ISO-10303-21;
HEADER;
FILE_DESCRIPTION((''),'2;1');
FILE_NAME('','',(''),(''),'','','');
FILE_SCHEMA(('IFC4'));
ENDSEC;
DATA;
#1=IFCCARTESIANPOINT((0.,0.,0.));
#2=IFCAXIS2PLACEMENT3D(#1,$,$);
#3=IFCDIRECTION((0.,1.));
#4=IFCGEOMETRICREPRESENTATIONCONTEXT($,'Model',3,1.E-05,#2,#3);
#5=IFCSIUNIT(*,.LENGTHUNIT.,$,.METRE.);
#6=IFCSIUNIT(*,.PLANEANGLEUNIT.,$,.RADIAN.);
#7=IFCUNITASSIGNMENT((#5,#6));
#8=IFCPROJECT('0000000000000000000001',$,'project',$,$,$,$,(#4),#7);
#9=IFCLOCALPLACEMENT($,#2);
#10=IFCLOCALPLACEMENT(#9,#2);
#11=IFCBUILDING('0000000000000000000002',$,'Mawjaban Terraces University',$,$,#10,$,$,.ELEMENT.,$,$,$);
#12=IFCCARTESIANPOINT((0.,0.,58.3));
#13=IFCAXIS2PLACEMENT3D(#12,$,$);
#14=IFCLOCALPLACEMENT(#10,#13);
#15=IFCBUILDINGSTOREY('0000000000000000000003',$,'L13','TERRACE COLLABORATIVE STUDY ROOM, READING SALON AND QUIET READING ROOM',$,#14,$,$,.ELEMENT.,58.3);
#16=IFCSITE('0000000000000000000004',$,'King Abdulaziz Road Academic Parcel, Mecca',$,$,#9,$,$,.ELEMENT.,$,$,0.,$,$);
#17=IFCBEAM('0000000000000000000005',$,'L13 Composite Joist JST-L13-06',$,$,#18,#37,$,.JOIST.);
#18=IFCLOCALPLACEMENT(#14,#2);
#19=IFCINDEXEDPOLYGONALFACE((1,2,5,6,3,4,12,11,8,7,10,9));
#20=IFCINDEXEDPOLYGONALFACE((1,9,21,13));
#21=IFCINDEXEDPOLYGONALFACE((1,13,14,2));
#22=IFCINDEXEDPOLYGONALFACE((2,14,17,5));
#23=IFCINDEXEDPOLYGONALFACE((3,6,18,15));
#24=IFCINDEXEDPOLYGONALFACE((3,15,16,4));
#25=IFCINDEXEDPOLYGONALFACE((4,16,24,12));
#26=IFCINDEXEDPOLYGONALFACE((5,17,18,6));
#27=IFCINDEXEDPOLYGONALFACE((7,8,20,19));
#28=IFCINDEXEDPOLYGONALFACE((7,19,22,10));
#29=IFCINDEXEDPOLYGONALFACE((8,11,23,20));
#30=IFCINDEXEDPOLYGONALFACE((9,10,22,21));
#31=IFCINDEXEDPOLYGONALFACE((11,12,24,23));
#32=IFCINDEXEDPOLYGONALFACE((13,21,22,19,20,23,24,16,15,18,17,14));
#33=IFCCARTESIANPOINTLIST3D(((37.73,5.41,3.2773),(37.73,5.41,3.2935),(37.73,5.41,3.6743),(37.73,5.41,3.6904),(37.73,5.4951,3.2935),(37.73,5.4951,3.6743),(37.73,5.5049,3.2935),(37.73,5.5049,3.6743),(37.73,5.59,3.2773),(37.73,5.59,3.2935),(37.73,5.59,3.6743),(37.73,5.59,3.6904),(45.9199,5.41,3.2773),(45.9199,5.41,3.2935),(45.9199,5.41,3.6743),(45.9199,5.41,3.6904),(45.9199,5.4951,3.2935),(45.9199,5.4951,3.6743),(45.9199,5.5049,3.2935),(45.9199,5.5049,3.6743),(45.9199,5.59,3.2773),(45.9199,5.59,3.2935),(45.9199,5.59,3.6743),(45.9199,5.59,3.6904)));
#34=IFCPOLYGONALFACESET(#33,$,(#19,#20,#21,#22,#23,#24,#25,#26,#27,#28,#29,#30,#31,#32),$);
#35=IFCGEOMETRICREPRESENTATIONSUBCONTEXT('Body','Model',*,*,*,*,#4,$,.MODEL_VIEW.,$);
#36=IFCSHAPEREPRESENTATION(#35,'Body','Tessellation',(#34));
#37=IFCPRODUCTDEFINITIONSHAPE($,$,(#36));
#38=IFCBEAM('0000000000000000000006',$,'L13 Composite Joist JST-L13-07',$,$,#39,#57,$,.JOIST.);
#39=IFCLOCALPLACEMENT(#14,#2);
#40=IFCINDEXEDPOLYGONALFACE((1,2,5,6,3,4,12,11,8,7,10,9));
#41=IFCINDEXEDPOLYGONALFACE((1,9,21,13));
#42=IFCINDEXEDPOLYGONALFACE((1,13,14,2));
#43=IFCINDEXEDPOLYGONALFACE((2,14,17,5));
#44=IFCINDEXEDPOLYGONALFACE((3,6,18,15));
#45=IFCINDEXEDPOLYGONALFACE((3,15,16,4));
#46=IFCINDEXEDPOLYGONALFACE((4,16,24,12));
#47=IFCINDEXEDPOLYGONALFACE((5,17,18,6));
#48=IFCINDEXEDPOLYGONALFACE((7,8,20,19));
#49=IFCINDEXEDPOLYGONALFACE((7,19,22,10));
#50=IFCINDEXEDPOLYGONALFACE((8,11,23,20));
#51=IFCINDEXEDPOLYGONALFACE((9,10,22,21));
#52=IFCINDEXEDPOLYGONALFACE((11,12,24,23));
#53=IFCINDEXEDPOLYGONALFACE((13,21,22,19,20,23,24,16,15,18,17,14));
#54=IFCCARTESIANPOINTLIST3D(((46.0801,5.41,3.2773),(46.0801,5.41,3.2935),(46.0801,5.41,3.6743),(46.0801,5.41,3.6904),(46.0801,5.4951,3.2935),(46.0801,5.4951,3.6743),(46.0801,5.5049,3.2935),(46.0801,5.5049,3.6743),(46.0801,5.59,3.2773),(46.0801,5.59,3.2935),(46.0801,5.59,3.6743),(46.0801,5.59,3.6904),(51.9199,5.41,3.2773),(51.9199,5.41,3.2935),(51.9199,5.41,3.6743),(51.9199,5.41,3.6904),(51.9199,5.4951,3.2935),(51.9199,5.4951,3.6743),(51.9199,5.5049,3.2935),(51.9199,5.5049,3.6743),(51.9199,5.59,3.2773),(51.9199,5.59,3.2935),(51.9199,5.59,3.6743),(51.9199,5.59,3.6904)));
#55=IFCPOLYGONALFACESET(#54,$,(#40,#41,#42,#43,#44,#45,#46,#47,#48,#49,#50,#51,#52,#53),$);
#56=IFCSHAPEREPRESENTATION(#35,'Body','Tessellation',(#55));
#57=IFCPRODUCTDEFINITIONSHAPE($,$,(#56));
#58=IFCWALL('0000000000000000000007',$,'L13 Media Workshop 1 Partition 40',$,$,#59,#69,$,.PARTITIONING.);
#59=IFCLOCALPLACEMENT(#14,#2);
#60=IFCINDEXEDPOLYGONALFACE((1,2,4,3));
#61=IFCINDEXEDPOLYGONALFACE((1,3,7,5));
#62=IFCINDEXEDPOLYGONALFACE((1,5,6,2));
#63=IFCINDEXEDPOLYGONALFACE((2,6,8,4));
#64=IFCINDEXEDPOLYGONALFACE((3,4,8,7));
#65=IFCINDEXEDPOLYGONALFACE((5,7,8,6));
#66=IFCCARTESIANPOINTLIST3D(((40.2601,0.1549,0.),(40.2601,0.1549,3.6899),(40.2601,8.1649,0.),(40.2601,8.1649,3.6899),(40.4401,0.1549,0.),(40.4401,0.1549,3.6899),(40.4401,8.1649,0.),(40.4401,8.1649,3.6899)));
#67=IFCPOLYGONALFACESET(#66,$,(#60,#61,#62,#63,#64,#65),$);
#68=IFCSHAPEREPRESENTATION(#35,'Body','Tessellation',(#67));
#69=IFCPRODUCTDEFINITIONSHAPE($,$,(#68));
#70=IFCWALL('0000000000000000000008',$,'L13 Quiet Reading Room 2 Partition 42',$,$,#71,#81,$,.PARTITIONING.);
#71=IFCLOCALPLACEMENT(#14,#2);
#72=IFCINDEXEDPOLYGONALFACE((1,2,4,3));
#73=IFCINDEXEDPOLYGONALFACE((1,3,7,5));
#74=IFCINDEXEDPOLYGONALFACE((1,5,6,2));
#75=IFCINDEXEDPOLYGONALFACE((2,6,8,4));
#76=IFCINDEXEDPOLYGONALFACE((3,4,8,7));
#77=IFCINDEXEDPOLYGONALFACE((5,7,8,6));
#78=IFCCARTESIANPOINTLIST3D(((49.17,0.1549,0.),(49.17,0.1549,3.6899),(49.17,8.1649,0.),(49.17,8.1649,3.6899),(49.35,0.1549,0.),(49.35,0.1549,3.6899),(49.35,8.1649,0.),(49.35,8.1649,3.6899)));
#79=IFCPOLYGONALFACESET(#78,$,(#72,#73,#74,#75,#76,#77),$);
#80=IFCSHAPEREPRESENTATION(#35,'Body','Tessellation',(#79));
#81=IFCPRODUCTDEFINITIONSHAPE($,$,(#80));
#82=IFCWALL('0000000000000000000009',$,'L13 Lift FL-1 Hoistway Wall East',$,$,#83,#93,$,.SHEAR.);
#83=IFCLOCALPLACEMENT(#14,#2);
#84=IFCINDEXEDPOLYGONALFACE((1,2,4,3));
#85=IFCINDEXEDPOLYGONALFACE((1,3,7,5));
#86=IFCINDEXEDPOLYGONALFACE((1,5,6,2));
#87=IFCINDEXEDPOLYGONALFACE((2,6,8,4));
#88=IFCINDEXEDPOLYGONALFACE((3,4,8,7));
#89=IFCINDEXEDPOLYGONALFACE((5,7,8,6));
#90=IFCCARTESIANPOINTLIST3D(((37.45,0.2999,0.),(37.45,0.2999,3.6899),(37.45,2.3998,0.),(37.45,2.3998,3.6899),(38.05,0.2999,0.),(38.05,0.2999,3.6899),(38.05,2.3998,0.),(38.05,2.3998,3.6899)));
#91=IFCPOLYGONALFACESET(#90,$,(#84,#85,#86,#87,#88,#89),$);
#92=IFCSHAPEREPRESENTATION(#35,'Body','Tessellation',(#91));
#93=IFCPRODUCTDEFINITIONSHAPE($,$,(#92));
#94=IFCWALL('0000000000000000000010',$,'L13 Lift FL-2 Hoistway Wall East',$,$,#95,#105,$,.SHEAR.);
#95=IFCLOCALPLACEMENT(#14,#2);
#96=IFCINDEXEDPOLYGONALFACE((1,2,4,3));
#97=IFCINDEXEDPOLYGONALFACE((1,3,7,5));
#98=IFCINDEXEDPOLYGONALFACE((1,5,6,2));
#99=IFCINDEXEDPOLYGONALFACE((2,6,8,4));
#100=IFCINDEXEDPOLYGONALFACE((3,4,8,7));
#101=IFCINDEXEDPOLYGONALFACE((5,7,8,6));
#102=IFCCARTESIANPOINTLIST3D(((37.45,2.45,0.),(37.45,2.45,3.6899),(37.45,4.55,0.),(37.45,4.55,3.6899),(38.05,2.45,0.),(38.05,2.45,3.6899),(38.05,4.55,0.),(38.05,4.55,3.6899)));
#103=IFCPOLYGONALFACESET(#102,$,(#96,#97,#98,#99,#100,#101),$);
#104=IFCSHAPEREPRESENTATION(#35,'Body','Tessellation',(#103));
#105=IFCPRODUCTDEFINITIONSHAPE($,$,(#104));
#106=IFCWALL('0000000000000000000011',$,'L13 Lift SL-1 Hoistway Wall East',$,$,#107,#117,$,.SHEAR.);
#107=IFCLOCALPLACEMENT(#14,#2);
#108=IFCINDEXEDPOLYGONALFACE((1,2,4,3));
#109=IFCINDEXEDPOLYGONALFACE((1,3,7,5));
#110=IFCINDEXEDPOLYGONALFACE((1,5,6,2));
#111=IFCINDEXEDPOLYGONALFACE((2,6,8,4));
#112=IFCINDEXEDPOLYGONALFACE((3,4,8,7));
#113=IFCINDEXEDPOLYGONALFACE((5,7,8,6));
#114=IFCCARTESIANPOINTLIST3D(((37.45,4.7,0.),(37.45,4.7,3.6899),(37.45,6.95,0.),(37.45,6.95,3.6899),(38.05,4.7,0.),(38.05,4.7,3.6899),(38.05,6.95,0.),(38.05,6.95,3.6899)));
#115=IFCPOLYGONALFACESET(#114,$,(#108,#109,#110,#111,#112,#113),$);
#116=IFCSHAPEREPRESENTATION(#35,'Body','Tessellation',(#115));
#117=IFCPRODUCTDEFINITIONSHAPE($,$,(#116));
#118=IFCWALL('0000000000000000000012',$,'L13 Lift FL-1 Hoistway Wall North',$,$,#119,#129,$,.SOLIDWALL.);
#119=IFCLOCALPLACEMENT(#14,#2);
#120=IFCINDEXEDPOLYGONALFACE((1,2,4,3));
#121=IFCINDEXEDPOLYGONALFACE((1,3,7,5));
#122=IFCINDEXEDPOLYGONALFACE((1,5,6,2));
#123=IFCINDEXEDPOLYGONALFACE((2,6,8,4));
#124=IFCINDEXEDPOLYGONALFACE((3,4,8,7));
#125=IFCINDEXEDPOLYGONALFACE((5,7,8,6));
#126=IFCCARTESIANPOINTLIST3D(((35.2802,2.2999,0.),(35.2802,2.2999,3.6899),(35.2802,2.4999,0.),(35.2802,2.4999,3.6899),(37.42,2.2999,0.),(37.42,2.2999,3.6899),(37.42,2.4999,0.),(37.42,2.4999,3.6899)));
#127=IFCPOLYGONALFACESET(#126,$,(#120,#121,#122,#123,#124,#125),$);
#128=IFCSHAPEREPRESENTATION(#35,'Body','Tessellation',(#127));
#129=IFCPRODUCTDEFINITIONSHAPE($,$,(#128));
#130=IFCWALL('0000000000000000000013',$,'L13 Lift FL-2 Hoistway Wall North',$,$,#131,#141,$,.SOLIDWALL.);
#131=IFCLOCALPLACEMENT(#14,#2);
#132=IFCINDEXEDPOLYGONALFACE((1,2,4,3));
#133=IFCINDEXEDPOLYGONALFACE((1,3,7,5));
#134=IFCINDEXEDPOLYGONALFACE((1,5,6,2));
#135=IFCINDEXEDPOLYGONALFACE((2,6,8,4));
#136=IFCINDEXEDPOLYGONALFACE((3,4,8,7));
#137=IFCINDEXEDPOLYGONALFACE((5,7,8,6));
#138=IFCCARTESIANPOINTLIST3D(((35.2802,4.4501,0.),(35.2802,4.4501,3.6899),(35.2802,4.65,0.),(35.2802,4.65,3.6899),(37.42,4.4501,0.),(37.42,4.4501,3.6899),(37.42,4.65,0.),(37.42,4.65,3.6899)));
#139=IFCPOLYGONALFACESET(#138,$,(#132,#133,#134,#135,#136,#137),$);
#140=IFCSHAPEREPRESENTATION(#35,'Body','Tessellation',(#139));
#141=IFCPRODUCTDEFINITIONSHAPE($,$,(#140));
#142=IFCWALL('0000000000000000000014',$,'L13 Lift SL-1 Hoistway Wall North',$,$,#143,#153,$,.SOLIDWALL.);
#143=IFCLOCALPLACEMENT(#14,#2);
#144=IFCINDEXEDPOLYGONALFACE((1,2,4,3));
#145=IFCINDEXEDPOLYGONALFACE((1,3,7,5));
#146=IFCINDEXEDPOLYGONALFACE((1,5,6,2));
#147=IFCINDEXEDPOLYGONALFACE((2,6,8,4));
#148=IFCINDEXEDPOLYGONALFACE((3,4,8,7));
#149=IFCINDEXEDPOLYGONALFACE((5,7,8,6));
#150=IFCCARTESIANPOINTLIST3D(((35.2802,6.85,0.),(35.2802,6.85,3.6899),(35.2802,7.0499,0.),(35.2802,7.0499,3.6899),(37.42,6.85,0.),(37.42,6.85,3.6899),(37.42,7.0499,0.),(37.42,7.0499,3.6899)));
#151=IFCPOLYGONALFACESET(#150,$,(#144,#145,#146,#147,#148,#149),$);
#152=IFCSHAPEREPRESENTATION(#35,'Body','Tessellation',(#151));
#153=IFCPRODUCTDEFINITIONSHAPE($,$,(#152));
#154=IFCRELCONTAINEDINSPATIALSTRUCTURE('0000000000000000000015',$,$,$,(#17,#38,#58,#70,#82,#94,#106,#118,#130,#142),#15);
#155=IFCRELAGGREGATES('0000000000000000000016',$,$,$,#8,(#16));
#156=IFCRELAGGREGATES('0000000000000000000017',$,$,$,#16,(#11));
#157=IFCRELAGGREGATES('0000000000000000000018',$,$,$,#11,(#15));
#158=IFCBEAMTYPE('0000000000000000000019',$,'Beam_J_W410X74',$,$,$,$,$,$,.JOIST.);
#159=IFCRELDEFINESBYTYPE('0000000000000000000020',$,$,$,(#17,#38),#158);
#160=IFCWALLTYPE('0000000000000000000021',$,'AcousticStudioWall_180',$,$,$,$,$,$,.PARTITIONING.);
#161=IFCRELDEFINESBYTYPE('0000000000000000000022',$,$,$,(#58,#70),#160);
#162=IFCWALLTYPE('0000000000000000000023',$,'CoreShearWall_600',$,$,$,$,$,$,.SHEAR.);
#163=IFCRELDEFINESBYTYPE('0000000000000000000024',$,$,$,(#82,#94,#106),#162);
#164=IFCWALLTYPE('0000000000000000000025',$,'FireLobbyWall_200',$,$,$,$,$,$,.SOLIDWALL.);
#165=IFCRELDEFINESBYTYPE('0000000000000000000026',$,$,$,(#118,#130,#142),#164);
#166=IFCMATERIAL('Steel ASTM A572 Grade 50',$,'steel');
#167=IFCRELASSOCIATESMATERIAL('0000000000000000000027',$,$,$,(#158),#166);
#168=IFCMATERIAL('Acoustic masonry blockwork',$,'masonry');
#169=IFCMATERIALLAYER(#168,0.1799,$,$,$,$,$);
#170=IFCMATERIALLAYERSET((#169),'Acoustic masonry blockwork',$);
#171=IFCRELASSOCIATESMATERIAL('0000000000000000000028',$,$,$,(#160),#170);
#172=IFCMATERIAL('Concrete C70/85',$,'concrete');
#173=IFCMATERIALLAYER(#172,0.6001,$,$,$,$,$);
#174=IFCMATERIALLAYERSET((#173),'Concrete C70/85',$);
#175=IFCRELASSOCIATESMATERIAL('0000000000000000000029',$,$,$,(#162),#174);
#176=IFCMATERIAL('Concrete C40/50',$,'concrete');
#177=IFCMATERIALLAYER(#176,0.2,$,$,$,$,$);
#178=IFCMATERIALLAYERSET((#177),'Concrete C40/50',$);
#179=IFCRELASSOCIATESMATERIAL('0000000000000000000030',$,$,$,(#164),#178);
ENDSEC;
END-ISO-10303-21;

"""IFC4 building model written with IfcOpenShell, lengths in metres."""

from ifc_helpers import new_model, si_unit, direction, frame, frame_2d, origin, origin_2d, place, context, subcontext, project, spatial, rectangle, i_section, extrude, material, layer, layer_set, material_profile, profile_set, type_object, element, save


model = new_model("IFC4")

# Units and contexts
model_context = context("Model", 3, precision=1e-05, world=origin(), true_north=direction((0.0, 1.0)))
body_context = subcontext(model_context, "Body", "Model", "MODEL_VIEW")
ifc_project = project(units=[si_unit("LENGTHUNIT", "METRE"), si_unit("PLANEANGLEUNIT", "RADIAN")], contexts=[model_context])

# Site, building, storey
site_placement = place(None, origin())
site = spatial("IfcSite", under=ifc_project, at=site_placement, Name="King Abdulaziz Road Academic Parcel, Mecca", CompositionType="ELEMENT", RefElevation=0.0)
building_placement = place(site_placement, origin())
building = spatial("IfcBuilding", under=site, at=building_placement, Name="Mawjaban Terraces University", CompositionType="ELEMENT")
storey_placement = place(building_placement, frame((0.0, 0.0, 58.3)))
storey = spatial("IfcBuildingStorey", under=building, at=storey_placement, Name="L13", Description="TERRACE COLLABORATIVE STUDY ROOM, READING SALON AND QUIET READING ROOM", CompositionType="ELEMENT", Elevation=58.3)

# Shared definitions
ifc_material_1 = material(Name="Concrete C70/85", Category="concrete")

# Beams
ifc_material_2 = material(Name="Steel ASTM A572 Grade 50", Category="steel")
ifc_material_profile_1 = material_profile(ifc_material_2, i_section(OverallWidth=0.1799, OverallDepth=0.4131, WebThickness=0.0098, FlangeThickness=0.0161, at=origin_2d()), Name="W410X74")
ifc_profile_set_1 = profile_set([ifc_material_profile_1], Name="Steel ASTM A572 Grade 50")
beam_type_1 = type_object("IfcBeamType", Name="Beam_J_W410X74", PredefinedType="JOIST", material=ifc_profile_set_1)
beam_1_placement = place(storey_placement, frame((37.73, 5.5, 3.4839), z_axis=(1.0, 0.0, 0.0), x_axis=(0.0, 1.0, 0.0)))
element("IfcBeam", 1, at=beam_1_placement, inside=storey, type_object=beam_type_1, Name="L13 Composite Joist JST-L13-06", PredefinedType="JOIST", context=body_context, shape_type="SweptSolid", body=[
    extrude(i_section(OverallWidth=0.1799, OverallDepth=0.4131, WebThickness=0.0098, FlangeThickness=0.0161, at=origin_2d()), origin(), (0.0, 0.0, 1.0), 8.1899),
])
beam_2_placement = place(storey_placement, frame((46.0801, 5.5, 3.4839), z_axis=(1.0, 0.0, 0.0), x_axis=(0.0, 1.0, 0.0)))
element("IfcBeam", 2, at=beam_2_placement, inside=storey, type_object=beam_type_1, Name="L13 Composite Joist JST-L13-07", PredefinedType="JOIST", context=body_context, shape_type="SweptSolid", body=[
    extrude(i_section(OverallWidth=0.1799, OverallDepth=0.4131, WebThickness=0.0098, FlangeThickness=0.0161, at=origin_2d()), origin(), (0.0, 0.0, 1.0), 5.8398),
])

# Walls
ifc_material_3 = material(Name="Acoustic masonry blockwork", Category="masonry")
ifc_layer_1 = layer(ifc_material_3, 0.1799)
ifc_layer_set_1 = layer_set([ifc_layer_1], Name="Acoustic masonry blockwork")
wall_type_1 = type_object("IfcWallType", Name="AcousticStudioWall_180", PredefinedType="PARTITIONING", material=ifc_layer_set_1)
for number, where, z_axis, x_axis, name in (
    (3, (40.3501, 0.155, 0.0), (0.0, 0.0, 1.0), (0.0, 1.0, 0.0), "L13 Media Workshop 1 Partition 40"),
    (4, (49.26, 0.155, 0.0), (0.0, 0.0, 1.0), (0.0, 1.0, 0.0), "L13 Quiet Reading Room 2 Partition 42"),
):
    element("IfcWall", number, at=place(storey_placement, frame(where, z_axis=z_axis, x_axis=x_axis)), inside=storey, type_object=wall_type_1, Name=name, PredefinedType="PARTITIONING", context=body_context, shape_type="SweptSolid", body=[
        extrude(rectangle(XDim=8.01, YDim=0.1799, at=frame_2d((4.0049, 0.0))), origin(), (0.0, 0.0, 1.0), 3.6899),
    ])
ifc_layer_2 = layer(ifc_material_1, 0.6001)
ifc_layer_set_2 = layer_set([ifc_layer_2], Name="Concrete C70/85")
wall_type_2 = type_object("IfcWallType", Name="CoreShearWall_600", PredefinedType="SHEAR", material=ifc_layer_set_2)
wall_1_placement = place(storey_placement, frame((37.75, 0.3, 0.0), z_axis=(0.0, 0.0, 1.0), x_axis=(0.0, 1.0, 0.0)))
element("IfcWall", 5, at=wall_1_placement, inside=storey, type_object=wall_type_2, Name="L13 Lift FL-1 Hoistway Wall East", PredefinedType="SHEAR", context=body_context, shape_type="SweptSolid", body=[
    extrude(rectangle(XDim=2.0999, YDim=0.6001, at=frame_2d((1.0498, 0.0))), origin(), (0.0, 0.0, 1.0), 3.6899),
])
wall_2_placement = place(storey_placement, frame((37.75, 2.45, 0.0), z_axis=(0.0, 0.0, 1.0), x_axis=(0.0, 1.0, 0.0)))
element("IfcWall", 6, at=wall_2_placement, inside=storey, type_object=wall_type_2, Name="L13 Lift FL-2 Hoistway Wall East", PredefinedType="SHEAR", context=body_context, shape_type="SweptSolid", body=[
    extrude(rectangle(XDim=2.1001, YDim=0.6001, at=frame_2d((1.05, 0.0))), origin(), (0.0, 0.0, 1.0), 3.6899),
])
wall_3_placement = place(storey_placement, frame((37.75, 4.7, 0.0), z_axis=(0.0, 0.0, 1.0), x_axis=(0.0, 1.0, 0.0)))
element("IfcWall", 7, at=wall_3_placement, inside=storey, type_object=wall_type_2, Name="L13 Lift SL-1 Hoistway Wall East", PredefinedType="SHEAR", context=body_context, shape_type="SweptSolid", body=[
    extrude(rectangle(XDim=2.25, YDim=0.6001, at=frame_2d((1.125, 0.0))), origin(), (0.0, 0.0, 1.0), 3.6899),
])
ifc_material_4 = material(Name="Concrete C40/50", Category="concrete")
ifc_layer_3 = layer(ifc_material_4, 0.2)
ifc_layer_set_3 = layer_set([ifc_layer_3], Name="Concrete C40/50")
wall_type_3 = type_object("IfcWallType", Name="FireLobbyWall_200", PredefinedType="SOLIDWALL", material=ifc_layer_set_3)
for number, where, z_axis, x_axis, name in (
    (8, (37.4199, 2.3999, 0.0), (0.0, 0.0, 1.0), (-1.0, 0.0, 0.0), "L13 Lift FL-1 Hoistway Wall North"),
    (9, (37.4199, 4.55, 0.0), (0.0, 0.0, 1.0), (-1.0, 0.0, 0.0), "L13 Lift FL-2 Hoistway Wall North"),
    (10, (37.4199, 6.95, 0.0), (0.0, 0.0, 1.0), (-1.0, 0.0, 0.0), "L13 Lift SL-1 Hoistway Wall North"),
):
    element("IfcWall", number, at=place(storey_placement, frame(where, z_axis=z_axis, x_axis=x_axis)), inside=storey, type_object=wall_type_3, Name=name, PredefinedType="SOLIDWALL", context=body_context, shape_type="SweptSolid", body=[
        extrude(rectangle(XDim=2.1399, YDim=0.2, at=frame_2d((1.0698, 0.0))), origin(), (0.0, 0.0, 1.0), 3.6899),
    ])

save(model, "model.ifc")
